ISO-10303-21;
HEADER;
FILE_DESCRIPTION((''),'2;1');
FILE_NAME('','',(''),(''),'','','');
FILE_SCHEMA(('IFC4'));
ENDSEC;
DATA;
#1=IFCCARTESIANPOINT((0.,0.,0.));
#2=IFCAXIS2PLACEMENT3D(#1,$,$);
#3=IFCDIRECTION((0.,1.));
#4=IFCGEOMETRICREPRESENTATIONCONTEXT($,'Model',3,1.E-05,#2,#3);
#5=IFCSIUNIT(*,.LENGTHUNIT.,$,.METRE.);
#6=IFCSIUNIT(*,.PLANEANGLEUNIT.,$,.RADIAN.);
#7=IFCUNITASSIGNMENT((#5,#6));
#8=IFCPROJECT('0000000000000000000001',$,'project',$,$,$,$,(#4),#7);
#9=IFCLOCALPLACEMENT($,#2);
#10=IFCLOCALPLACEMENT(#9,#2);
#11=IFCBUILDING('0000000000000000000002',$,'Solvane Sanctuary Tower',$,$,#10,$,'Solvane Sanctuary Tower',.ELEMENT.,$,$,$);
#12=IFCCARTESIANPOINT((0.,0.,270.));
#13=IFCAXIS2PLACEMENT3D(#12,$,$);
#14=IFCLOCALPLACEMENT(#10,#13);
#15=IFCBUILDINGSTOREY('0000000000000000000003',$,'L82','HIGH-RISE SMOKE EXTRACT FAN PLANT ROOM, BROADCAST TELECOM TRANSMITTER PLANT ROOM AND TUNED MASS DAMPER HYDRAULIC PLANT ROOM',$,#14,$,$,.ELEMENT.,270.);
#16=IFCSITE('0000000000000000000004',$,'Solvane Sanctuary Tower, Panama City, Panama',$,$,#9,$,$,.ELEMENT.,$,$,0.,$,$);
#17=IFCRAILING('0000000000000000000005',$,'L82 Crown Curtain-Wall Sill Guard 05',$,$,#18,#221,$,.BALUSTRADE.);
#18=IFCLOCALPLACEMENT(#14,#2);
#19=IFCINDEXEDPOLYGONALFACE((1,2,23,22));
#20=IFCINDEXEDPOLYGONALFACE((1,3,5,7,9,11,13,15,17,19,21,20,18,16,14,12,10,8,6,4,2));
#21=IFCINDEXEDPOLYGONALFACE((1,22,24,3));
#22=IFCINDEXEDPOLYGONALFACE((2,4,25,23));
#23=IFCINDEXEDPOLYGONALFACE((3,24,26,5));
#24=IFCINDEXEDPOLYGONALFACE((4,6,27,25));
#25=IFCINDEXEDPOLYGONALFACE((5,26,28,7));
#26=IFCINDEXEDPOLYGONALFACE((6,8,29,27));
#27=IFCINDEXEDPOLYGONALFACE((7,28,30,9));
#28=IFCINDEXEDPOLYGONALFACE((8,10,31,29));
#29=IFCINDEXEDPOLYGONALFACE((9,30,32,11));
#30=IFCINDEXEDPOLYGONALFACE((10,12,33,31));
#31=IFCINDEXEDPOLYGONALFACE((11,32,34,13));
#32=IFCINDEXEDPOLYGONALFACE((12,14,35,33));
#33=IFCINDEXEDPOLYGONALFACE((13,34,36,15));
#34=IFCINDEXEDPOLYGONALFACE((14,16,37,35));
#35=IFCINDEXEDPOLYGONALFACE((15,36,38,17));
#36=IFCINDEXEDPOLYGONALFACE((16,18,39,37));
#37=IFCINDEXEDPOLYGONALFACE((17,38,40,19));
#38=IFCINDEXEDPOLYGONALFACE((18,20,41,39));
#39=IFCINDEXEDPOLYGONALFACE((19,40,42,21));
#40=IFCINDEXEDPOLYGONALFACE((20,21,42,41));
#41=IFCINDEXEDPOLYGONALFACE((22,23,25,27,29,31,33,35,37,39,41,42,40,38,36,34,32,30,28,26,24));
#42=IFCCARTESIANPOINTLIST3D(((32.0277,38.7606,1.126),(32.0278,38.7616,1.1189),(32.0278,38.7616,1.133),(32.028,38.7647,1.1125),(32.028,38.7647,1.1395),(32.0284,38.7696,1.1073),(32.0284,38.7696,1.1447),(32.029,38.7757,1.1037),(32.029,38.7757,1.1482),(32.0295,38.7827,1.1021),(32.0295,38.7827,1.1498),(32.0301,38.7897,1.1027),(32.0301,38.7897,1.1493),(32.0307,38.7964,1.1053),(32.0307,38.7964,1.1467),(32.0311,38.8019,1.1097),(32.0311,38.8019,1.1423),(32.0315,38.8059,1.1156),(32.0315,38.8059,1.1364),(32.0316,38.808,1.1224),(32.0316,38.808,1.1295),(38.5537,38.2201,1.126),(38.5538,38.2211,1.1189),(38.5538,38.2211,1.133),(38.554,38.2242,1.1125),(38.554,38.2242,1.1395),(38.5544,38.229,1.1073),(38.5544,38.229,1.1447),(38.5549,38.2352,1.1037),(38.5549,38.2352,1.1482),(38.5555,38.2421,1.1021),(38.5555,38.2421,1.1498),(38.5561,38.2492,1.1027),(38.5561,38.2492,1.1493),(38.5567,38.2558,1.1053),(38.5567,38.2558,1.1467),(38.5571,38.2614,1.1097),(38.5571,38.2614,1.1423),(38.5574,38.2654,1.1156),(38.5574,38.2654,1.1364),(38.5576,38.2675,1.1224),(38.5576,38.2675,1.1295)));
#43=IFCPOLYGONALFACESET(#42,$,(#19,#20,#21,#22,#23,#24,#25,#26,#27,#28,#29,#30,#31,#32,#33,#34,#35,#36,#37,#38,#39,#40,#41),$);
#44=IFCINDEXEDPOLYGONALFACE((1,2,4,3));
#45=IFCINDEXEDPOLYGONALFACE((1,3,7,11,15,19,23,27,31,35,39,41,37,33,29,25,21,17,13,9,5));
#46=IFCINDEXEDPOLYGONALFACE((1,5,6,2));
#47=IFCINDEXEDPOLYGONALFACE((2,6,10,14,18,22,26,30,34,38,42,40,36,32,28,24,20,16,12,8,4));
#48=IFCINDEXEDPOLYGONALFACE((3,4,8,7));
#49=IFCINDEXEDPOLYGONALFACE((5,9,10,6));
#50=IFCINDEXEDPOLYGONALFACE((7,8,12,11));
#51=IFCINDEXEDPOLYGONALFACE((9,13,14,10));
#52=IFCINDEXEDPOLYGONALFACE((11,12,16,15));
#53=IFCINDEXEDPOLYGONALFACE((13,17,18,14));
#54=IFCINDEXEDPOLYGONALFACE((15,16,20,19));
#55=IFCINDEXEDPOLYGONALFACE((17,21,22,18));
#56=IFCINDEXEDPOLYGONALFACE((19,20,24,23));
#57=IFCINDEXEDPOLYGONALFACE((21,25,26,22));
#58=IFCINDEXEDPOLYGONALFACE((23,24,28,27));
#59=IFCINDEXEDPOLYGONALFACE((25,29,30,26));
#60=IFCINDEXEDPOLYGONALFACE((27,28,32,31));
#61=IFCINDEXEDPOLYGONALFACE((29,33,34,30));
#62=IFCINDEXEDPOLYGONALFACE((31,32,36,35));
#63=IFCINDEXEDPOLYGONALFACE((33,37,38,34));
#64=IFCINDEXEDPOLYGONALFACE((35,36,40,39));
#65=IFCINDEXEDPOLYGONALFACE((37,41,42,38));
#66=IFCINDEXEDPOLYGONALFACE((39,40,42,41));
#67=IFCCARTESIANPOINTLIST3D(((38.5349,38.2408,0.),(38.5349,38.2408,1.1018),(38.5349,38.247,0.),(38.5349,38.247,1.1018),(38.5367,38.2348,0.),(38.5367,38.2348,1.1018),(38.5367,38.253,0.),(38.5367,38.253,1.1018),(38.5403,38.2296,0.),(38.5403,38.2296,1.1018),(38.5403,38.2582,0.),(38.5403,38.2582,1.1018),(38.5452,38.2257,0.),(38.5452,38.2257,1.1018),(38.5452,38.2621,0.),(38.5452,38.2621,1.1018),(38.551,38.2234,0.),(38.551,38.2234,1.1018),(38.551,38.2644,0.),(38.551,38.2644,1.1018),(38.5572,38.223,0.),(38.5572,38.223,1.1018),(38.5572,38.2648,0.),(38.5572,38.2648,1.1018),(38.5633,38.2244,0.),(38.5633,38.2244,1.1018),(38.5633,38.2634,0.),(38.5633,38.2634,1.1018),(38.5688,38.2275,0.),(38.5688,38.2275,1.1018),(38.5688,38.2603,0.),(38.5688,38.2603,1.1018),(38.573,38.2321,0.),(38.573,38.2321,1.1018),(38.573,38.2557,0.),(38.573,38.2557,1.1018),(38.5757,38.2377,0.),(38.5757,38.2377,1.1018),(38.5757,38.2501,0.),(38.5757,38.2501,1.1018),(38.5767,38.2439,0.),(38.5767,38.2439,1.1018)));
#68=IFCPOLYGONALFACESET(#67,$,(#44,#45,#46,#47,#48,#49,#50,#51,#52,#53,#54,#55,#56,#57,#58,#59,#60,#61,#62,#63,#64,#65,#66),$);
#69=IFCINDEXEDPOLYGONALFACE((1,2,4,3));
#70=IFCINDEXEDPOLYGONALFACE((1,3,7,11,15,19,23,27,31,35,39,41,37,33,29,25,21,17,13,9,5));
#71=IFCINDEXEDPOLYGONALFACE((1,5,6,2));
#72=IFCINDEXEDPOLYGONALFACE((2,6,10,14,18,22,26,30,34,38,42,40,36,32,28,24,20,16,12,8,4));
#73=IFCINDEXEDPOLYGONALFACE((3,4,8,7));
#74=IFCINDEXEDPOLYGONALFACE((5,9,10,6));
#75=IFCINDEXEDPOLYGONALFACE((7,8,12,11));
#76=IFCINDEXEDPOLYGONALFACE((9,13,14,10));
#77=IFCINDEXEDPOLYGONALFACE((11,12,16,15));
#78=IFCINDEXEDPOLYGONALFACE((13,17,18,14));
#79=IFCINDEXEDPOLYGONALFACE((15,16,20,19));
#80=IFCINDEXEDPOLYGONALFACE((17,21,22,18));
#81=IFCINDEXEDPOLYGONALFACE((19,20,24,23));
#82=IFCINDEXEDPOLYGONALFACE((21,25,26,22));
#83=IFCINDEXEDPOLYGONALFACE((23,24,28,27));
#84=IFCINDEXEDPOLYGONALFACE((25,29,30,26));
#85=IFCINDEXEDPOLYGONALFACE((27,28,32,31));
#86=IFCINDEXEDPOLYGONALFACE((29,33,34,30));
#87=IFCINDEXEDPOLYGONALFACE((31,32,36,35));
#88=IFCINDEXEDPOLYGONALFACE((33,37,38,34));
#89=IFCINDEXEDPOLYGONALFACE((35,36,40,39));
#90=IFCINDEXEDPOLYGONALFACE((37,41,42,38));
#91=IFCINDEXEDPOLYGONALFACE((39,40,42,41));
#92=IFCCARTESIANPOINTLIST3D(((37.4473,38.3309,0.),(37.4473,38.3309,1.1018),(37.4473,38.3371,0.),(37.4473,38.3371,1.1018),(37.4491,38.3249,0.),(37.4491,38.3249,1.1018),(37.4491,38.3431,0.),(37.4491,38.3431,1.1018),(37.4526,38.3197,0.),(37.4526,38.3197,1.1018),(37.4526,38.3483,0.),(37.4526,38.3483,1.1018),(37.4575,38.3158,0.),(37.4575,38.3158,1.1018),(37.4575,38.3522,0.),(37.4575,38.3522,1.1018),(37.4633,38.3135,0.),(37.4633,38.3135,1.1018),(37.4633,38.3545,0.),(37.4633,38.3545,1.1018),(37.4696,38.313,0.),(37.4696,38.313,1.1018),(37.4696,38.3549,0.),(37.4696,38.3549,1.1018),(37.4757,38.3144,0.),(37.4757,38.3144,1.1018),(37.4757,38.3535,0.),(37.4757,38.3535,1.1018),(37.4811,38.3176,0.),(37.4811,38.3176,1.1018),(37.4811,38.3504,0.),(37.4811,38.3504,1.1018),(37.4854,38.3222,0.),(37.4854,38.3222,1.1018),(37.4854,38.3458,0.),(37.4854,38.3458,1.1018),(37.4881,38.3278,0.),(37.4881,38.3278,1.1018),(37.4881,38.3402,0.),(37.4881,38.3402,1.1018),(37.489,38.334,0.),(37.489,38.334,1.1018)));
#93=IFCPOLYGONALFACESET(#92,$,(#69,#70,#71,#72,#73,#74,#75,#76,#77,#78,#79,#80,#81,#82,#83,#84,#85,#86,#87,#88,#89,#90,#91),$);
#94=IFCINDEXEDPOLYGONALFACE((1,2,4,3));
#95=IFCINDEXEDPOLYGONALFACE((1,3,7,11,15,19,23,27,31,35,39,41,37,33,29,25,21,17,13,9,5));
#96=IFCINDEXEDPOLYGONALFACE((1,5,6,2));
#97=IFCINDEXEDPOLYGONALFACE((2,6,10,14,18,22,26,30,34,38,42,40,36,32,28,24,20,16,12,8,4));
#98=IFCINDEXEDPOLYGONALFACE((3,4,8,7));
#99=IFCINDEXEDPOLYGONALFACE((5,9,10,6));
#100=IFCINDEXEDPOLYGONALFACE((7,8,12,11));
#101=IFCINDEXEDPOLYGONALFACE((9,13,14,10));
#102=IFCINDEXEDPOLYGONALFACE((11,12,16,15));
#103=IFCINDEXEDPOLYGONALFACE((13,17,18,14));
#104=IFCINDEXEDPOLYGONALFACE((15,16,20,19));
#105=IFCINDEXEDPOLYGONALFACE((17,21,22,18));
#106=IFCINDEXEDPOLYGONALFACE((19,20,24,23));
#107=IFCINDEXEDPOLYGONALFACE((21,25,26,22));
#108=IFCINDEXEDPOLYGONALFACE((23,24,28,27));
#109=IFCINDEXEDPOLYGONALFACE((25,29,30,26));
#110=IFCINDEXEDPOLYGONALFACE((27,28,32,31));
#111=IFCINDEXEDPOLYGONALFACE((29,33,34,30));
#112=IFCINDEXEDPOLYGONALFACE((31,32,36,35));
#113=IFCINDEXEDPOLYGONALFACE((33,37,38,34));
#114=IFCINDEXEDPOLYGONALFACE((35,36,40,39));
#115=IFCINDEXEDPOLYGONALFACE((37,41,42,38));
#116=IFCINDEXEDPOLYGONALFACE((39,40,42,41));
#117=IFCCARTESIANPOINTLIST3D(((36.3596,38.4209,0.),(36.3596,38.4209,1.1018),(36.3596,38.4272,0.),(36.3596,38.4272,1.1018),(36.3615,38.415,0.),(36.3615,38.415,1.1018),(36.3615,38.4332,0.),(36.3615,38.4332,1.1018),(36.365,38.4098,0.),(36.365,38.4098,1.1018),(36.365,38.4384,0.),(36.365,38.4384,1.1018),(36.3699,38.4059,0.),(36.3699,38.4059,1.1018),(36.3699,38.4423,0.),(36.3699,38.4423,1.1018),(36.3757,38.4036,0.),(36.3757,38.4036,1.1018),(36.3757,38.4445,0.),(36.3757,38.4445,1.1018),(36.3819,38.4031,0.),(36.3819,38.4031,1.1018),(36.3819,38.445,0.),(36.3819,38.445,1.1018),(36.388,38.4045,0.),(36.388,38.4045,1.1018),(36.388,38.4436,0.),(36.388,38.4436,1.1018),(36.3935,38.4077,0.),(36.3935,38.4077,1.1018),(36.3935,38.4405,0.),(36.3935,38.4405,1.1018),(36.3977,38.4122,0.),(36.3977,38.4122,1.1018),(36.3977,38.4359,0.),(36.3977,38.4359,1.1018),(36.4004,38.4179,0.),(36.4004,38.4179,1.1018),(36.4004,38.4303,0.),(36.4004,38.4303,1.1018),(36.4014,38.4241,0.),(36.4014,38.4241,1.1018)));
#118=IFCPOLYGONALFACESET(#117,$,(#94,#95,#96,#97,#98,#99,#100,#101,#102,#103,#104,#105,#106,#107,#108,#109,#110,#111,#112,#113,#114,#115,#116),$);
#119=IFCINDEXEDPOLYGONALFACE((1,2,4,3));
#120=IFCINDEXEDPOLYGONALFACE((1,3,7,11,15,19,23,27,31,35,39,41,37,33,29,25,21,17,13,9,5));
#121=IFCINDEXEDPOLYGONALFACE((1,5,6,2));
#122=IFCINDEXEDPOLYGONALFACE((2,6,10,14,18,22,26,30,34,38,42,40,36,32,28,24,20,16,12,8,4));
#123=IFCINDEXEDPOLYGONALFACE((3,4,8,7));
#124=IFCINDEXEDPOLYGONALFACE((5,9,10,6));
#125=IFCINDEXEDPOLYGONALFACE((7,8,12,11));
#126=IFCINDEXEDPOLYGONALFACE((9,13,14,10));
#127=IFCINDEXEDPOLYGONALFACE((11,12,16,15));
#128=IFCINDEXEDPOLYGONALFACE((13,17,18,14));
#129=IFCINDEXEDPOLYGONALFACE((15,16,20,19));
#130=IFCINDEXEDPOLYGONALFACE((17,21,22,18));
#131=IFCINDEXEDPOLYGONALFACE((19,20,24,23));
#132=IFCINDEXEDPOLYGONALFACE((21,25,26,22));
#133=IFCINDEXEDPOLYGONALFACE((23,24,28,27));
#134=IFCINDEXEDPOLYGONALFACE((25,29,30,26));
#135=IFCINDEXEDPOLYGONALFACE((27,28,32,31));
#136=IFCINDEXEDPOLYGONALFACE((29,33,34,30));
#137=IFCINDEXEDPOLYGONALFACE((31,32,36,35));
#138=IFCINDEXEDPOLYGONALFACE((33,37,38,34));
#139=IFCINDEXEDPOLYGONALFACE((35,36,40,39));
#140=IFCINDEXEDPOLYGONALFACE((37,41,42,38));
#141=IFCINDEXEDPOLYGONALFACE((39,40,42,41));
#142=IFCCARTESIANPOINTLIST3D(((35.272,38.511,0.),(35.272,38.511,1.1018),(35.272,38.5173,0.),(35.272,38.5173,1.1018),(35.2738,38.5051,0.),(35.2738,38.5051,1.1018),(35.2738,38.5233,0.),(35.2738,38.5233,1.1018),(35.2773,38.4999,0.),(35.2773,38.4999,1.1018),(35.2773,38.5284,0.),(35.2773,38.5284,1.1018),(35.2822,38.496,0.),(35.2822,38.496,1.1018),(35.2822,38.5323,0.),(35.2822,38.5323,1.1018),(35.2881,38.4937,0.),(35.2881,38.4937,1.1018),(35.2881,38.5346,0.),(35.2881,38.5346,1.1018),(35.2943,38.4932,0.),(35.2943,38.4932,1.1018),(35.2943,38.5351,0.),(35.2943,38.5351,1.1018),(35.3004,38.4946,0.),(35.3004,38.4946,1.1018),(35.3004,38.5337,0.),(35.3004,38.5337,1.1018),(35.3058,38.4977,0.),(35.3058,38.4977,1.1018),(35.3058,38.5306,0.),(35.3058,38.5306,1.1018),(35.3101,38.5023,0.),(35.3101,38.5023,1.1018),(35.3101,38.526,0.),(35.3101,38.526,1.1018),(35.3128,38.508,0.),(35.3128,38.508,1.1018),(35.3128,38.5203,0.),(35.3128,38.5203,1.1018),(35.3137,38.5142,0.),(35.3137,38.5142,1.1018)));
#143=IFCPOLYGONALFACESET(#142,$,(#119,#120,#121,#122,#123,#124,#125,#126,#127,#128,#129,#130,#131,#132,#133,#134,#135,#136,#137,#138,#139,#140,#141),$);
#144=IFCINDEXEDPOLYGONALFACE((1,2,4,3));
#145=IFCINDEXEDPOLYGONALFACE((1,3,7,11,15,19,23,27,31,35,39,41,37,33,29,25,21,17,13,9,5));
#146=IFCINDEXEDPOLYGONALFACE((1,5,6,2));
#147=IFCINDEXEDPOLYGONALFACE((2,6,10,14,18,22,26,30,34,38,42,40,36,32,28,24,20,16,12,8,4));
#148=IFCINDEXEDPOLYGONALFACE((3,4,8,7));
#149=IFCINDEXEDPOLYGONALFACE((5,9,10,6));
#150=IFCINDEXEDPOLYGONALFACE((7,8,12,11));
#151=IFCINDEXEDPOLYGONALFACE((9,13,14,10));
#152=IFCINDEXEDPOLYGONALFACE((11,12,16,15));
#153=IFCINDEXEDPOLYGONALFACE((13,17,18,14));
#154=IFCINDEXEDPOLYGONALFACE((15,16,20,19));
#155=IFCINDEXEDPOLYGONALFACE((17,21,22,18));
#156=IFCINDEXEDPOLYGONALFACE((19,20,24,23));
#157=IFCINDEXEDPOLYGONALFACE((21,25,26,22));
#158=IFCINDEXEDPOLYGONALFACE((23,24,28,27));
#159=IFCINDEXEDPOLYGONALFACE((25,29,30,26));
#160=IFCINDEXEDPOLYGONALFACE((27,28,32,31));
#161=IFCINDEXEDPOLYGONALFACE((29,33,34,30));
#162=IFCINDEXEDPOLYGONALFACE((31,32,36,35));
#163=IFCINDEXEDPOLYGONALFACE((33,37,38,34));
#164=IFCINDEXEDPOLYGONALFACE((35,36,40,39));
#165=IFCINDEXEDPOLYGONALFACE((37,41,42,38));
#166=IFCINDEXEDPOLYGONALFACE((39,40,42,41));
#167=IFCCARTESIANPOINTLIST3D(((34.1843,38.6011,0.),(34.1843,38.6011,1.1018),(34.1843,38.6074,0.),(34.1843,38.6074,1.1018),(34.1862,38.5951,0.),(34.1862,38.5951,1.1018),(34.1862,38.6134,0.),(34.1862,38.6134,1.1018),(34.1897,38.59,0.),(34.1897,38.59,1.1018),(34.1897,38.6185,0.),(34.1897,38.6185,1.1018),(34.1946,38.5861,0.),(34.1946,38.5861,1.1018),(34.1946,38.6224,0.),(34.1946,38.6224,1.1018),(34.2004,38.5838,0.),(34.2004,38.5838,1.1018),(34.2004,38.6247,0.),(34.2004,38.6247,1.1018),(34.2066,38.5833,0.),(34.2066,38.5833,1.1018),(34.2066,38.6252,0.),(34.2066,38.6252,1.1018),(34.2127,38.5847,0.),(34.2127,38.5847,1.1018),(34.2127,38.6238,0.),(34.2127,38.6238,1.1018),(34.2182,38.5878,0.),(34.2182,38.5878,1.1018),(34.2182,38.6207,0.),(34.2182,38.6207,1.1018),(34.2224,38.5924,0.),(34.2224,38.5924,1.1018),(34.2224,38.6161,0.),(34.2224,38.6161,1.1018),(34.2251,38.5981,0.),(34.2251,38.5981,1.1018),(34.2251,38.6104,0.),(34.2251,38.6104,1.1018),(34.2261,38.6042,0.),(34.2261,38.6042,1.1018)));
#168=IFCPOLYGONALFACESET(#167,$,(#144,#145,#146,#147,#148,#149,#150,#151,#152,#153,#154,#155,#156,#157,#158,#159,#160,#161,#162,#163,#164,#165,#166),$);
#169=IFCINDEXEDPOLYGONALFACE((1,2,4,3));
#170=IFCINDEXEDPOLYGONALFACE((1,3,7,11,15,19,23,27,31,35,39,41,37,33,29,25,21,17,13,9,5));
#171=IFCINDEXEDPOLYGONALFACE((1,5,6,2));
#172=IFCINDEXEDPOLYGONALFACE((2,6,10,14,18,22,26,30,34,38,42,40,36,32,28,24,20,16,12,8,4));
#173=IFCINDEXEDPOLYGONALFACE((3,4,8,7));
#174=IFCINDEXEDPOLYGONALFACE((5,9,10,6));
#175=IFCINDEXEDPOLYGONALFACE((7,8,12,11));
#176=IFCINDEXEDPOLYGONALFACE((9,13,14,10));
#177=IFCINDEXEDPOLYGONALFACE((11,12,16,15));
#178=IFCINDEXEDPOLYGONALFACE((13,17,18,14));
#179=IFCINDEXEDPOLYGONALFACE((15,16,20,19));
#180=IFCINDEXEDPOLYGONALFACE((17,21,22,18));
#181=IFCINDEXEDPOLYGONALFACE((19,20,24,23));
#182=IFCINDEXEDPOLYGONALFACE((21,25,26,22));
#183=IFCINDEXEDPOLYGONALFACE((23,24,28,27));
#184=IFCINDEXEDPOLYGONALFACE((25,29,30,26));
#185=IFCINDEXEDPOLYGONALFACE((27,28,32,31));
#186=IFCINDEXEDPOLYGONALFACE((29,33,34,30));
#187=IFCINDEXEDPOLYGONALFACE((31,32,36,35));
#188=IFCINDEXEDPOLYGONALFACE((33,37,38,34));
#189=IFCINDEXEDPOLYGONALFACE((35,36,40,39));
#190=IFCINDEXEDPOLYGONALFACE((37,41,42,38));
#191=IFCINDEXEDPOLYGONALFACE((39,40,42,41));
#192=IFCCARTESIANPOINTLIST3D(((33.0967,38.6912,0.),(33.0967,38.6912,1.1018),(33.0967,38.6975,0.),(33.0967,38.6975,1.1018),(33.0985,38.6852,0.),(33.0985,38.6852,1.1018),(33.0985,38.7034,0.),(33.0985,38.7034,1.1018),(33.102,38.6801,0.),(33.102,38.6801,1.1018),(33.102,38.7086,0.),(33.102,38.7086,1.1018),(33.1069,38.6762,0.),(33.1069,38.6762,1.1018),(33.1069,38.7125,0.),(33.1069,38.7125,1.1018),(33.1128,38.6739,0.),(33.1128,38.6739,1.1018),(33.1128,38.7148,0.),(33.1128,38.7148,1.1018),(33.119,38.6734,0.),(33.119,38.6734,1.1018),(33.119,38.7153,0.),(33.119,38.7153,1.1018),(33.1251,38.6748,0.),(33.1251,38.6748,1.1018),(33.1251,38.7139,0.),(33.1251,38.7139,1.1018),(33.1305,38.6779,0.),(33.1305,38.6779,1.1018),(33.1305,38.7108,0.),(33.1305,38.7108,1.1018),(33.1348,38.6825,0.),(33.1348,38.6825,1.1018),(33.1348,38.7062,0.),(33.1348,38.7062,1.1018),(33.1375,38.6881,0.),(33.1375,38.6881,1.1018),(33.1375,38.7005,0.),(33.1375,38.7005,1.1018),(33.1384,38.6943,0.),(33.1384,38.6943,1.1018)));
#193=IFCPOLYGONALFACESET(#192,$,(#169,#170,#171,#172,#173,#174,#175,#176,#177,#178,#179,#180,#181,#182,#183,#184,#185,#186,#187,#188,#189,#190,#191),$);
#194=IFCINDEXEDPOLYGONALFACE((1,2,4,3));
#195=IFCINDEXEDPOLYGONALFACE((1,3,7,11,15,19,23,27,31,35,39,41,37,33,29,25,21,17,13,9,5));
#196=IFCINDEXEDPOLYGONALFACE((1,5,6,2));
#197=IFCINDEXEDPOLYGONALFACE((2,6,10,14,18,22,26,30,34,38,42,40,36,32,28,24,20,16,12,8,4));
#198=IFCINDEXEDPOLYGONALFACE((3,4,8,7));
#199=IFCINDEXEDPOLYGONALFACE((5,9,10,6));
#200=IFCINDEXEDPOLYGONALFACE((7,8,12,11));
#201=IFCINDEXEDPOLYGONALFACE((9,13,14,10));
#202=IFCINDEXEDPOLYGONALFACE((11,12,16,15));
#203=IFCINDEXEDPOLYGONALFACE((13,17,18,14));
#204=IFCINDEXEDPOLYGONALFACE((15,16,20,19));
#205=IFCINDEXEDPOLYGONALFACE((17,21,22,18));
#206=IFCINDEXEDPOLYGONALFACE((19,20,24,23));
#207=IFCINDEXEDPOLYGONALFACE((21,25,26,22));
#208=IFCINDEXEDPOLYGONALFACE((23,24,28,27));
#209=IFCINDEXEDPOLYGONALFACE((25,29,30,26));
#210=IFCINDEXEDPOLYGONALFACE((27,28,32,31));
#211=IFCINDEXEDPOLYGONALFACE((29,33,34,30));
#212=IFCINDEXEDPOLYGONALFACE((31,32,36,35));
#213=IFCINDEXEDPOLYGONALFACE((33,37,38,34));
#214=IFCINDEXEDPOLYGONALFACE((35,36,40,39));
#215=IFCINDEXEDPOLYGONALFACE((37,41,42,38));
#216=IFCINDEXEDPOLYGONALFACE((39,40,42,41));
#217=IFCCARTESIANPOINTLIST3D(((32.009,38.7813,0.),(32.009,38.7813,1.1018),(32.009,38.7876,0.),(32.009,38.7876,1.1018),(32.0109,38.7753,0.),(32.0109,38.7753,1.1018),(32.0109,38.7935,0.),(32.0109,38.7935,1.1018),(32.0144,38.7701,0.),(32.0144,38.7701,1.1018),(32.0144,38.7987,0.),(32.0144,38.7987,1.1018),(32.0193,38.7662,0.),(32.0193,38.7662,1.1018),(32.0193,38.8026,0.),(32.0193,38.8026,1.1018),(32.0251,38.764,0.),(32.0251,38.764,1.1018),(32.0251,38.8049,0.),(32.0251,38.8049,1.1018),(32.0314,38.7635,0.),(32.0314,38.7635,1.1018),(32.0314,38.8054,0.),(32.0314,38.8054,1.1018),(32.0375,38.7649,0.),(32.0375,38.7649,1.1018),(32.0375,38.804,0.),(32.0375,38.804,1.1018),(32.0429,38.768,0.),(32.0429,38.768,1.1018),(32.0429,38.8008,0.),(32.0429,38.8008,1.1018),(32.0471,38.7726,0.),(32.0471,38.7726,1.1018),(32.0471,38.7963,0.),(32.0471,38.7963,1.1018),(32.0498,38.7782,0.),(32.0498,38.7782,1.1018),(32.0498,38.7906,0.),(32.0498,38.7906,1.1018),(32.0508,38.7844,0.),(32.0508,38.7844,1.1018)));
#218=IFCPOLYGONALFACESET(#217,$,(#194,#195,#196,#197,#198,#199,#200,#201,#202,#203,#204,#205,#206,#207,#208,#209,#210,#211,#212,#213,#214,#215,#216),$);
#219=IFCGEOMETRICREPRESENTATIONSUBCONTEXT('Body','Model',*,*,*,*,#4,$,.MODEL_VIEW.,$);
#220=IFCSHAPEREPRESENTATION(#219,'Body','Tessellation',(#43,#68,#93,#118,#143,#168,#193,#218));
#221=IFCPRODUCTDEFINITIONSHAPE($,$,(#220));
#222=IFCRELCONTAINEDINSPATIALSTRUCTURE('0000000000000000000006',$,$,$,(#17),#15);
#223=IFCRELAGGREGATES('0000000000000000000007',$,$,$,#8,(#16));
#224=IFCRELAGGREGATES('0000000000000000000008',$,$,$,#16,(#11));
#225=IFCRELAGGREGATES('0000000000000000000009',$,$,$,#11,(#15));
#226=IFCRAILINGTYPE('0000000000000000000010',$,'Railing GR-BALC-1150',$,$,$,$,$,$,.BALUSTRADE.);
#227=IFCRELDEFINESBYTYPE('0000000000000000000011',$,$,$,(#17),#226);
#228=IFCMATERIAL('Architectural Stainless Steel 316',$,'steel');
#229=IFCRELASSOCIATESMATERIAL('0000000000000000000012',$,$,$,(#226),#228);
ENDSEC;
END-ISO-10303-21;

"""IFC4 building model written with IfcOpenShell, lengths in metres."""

from ifc_helpers import new_model, si_unit, direction, frame, origin, origin_2d, place, context, subcontext, project, spatial, circle, extrude, material, type_object, element, save


model = new_model("IFC4")

# Units and contexts
model_context = context("Model", 3, precision=1e-05, world=origin(), true_north=direction((0.0, 1.0)))
body_context = subcontext(model_context, "Body", "Model", "MODEL_VIEW")
ifc_project = project(units=[si_unit("LENGTHUNIT", "METRE"), si_unit("PLANEANGLEUNIT", "RADIAN")], contexts=[model_context])

# Site, building, storey
site_placement = place(None, origin())
site = spatial("IfcSite", under=ifc_project, at=site_placement, Name="Solvane Sanctuary Tower, Panama City, Panama", CompositionType="ELEMENT", RefElevation=0.0)
building_placement = place(site_placement, origin())
building = spatial("IfcBuilding", under=site, at=building_placement, Name="Solvane Sanctuary Tower", LongName="Solvane Sanctuary Tower", CompositionType="ELEMENT")
storey_placement = place(building_placement, frame((0.0, 0.0, 270.0)))
storey = spatial("IfcBuildingStorey", under=building, at=storey_placement, Name="L82", Description="HIGH-RISE SMOKE EXTRACT FAN PLANT ROOM, BROADCAST TELECOM TRANSMITTER PLANT ROOM AND TUNED MASS DAMPER HYDRAULIC PLANT ROOM", CompositionType="ELEMENT", Elevation=270.0)

# Shared definitions
ifc_material_1 = material(Name="Architectural Stainless Steel 316", Category="steel")

# Railing
railing_type = type_object("IfcRailingType", Name="Railing GR-BALC-1150", PredefinedType="BALUSTRADE", material=ifc_material_1)
railing_placement = place(storey_placement, frame((38.5557, 38.2439, 0.0)))
element("IfcRailing", 1, at=railing_placement, inside=storey, type_object=railing_type, Name="L82 Crown Curtain-Wall Sill Guard 05", PredefinedType="BALUSTRADE", context=body_context, shape_type="SweptSolid", body=[
    extrude(circle(Radius=0.0239, at=origin_2d()), frame((0.0, 0.0, 1.126), z_axis=(-0.996587, 0.082546, 0.0), x_axis=(-0.082546, -0.996587, 0.0)), (0.0, 0.0, 1.0), 6.5483),
    extrude(circle(Radius=0.021, at=origin_2d()), origin(), (0.0, 0.0, 1.0), 1.1018),
    extrude(circle(Radius=0.021, at=origin_2d()), frame((-1.0876, 0.0901, 0.0)), (0.0, 0.0, 1.0), 1.1018),
    extrude(circle(Radius=0.021, at=origin_2d()), frame((-2.1753, 0.1802, 0.0)), (0.0, 0.0, 1.0), 1.1018),
    extrude(circle(Radius=0.021, at=origin_2d()), frame((-3.2629, 0.2703, 0.0)), (0.0, 0.0, 1.0), 1.1018),
    extrude(circle(Radius=0.021, at=origin_2d()), frame((-4.3506, 0.3604, 0.0)), (0.0, 0.0, 1.0), 1.1018),
    extrude(circle(Radius=0.021, at=origin_2d()), frame((-5.4382, 0.4504, 0.0)), (0.0, 0.0, 1.0), 1.1018),
    extrude(circle(Radius=0.021, at=origin_2d()), frame((-6.5259, 0.5405, 0.0)), (0.0, 0.0, 1.0), 1.1018),
])

save(model, "model.ifc")
